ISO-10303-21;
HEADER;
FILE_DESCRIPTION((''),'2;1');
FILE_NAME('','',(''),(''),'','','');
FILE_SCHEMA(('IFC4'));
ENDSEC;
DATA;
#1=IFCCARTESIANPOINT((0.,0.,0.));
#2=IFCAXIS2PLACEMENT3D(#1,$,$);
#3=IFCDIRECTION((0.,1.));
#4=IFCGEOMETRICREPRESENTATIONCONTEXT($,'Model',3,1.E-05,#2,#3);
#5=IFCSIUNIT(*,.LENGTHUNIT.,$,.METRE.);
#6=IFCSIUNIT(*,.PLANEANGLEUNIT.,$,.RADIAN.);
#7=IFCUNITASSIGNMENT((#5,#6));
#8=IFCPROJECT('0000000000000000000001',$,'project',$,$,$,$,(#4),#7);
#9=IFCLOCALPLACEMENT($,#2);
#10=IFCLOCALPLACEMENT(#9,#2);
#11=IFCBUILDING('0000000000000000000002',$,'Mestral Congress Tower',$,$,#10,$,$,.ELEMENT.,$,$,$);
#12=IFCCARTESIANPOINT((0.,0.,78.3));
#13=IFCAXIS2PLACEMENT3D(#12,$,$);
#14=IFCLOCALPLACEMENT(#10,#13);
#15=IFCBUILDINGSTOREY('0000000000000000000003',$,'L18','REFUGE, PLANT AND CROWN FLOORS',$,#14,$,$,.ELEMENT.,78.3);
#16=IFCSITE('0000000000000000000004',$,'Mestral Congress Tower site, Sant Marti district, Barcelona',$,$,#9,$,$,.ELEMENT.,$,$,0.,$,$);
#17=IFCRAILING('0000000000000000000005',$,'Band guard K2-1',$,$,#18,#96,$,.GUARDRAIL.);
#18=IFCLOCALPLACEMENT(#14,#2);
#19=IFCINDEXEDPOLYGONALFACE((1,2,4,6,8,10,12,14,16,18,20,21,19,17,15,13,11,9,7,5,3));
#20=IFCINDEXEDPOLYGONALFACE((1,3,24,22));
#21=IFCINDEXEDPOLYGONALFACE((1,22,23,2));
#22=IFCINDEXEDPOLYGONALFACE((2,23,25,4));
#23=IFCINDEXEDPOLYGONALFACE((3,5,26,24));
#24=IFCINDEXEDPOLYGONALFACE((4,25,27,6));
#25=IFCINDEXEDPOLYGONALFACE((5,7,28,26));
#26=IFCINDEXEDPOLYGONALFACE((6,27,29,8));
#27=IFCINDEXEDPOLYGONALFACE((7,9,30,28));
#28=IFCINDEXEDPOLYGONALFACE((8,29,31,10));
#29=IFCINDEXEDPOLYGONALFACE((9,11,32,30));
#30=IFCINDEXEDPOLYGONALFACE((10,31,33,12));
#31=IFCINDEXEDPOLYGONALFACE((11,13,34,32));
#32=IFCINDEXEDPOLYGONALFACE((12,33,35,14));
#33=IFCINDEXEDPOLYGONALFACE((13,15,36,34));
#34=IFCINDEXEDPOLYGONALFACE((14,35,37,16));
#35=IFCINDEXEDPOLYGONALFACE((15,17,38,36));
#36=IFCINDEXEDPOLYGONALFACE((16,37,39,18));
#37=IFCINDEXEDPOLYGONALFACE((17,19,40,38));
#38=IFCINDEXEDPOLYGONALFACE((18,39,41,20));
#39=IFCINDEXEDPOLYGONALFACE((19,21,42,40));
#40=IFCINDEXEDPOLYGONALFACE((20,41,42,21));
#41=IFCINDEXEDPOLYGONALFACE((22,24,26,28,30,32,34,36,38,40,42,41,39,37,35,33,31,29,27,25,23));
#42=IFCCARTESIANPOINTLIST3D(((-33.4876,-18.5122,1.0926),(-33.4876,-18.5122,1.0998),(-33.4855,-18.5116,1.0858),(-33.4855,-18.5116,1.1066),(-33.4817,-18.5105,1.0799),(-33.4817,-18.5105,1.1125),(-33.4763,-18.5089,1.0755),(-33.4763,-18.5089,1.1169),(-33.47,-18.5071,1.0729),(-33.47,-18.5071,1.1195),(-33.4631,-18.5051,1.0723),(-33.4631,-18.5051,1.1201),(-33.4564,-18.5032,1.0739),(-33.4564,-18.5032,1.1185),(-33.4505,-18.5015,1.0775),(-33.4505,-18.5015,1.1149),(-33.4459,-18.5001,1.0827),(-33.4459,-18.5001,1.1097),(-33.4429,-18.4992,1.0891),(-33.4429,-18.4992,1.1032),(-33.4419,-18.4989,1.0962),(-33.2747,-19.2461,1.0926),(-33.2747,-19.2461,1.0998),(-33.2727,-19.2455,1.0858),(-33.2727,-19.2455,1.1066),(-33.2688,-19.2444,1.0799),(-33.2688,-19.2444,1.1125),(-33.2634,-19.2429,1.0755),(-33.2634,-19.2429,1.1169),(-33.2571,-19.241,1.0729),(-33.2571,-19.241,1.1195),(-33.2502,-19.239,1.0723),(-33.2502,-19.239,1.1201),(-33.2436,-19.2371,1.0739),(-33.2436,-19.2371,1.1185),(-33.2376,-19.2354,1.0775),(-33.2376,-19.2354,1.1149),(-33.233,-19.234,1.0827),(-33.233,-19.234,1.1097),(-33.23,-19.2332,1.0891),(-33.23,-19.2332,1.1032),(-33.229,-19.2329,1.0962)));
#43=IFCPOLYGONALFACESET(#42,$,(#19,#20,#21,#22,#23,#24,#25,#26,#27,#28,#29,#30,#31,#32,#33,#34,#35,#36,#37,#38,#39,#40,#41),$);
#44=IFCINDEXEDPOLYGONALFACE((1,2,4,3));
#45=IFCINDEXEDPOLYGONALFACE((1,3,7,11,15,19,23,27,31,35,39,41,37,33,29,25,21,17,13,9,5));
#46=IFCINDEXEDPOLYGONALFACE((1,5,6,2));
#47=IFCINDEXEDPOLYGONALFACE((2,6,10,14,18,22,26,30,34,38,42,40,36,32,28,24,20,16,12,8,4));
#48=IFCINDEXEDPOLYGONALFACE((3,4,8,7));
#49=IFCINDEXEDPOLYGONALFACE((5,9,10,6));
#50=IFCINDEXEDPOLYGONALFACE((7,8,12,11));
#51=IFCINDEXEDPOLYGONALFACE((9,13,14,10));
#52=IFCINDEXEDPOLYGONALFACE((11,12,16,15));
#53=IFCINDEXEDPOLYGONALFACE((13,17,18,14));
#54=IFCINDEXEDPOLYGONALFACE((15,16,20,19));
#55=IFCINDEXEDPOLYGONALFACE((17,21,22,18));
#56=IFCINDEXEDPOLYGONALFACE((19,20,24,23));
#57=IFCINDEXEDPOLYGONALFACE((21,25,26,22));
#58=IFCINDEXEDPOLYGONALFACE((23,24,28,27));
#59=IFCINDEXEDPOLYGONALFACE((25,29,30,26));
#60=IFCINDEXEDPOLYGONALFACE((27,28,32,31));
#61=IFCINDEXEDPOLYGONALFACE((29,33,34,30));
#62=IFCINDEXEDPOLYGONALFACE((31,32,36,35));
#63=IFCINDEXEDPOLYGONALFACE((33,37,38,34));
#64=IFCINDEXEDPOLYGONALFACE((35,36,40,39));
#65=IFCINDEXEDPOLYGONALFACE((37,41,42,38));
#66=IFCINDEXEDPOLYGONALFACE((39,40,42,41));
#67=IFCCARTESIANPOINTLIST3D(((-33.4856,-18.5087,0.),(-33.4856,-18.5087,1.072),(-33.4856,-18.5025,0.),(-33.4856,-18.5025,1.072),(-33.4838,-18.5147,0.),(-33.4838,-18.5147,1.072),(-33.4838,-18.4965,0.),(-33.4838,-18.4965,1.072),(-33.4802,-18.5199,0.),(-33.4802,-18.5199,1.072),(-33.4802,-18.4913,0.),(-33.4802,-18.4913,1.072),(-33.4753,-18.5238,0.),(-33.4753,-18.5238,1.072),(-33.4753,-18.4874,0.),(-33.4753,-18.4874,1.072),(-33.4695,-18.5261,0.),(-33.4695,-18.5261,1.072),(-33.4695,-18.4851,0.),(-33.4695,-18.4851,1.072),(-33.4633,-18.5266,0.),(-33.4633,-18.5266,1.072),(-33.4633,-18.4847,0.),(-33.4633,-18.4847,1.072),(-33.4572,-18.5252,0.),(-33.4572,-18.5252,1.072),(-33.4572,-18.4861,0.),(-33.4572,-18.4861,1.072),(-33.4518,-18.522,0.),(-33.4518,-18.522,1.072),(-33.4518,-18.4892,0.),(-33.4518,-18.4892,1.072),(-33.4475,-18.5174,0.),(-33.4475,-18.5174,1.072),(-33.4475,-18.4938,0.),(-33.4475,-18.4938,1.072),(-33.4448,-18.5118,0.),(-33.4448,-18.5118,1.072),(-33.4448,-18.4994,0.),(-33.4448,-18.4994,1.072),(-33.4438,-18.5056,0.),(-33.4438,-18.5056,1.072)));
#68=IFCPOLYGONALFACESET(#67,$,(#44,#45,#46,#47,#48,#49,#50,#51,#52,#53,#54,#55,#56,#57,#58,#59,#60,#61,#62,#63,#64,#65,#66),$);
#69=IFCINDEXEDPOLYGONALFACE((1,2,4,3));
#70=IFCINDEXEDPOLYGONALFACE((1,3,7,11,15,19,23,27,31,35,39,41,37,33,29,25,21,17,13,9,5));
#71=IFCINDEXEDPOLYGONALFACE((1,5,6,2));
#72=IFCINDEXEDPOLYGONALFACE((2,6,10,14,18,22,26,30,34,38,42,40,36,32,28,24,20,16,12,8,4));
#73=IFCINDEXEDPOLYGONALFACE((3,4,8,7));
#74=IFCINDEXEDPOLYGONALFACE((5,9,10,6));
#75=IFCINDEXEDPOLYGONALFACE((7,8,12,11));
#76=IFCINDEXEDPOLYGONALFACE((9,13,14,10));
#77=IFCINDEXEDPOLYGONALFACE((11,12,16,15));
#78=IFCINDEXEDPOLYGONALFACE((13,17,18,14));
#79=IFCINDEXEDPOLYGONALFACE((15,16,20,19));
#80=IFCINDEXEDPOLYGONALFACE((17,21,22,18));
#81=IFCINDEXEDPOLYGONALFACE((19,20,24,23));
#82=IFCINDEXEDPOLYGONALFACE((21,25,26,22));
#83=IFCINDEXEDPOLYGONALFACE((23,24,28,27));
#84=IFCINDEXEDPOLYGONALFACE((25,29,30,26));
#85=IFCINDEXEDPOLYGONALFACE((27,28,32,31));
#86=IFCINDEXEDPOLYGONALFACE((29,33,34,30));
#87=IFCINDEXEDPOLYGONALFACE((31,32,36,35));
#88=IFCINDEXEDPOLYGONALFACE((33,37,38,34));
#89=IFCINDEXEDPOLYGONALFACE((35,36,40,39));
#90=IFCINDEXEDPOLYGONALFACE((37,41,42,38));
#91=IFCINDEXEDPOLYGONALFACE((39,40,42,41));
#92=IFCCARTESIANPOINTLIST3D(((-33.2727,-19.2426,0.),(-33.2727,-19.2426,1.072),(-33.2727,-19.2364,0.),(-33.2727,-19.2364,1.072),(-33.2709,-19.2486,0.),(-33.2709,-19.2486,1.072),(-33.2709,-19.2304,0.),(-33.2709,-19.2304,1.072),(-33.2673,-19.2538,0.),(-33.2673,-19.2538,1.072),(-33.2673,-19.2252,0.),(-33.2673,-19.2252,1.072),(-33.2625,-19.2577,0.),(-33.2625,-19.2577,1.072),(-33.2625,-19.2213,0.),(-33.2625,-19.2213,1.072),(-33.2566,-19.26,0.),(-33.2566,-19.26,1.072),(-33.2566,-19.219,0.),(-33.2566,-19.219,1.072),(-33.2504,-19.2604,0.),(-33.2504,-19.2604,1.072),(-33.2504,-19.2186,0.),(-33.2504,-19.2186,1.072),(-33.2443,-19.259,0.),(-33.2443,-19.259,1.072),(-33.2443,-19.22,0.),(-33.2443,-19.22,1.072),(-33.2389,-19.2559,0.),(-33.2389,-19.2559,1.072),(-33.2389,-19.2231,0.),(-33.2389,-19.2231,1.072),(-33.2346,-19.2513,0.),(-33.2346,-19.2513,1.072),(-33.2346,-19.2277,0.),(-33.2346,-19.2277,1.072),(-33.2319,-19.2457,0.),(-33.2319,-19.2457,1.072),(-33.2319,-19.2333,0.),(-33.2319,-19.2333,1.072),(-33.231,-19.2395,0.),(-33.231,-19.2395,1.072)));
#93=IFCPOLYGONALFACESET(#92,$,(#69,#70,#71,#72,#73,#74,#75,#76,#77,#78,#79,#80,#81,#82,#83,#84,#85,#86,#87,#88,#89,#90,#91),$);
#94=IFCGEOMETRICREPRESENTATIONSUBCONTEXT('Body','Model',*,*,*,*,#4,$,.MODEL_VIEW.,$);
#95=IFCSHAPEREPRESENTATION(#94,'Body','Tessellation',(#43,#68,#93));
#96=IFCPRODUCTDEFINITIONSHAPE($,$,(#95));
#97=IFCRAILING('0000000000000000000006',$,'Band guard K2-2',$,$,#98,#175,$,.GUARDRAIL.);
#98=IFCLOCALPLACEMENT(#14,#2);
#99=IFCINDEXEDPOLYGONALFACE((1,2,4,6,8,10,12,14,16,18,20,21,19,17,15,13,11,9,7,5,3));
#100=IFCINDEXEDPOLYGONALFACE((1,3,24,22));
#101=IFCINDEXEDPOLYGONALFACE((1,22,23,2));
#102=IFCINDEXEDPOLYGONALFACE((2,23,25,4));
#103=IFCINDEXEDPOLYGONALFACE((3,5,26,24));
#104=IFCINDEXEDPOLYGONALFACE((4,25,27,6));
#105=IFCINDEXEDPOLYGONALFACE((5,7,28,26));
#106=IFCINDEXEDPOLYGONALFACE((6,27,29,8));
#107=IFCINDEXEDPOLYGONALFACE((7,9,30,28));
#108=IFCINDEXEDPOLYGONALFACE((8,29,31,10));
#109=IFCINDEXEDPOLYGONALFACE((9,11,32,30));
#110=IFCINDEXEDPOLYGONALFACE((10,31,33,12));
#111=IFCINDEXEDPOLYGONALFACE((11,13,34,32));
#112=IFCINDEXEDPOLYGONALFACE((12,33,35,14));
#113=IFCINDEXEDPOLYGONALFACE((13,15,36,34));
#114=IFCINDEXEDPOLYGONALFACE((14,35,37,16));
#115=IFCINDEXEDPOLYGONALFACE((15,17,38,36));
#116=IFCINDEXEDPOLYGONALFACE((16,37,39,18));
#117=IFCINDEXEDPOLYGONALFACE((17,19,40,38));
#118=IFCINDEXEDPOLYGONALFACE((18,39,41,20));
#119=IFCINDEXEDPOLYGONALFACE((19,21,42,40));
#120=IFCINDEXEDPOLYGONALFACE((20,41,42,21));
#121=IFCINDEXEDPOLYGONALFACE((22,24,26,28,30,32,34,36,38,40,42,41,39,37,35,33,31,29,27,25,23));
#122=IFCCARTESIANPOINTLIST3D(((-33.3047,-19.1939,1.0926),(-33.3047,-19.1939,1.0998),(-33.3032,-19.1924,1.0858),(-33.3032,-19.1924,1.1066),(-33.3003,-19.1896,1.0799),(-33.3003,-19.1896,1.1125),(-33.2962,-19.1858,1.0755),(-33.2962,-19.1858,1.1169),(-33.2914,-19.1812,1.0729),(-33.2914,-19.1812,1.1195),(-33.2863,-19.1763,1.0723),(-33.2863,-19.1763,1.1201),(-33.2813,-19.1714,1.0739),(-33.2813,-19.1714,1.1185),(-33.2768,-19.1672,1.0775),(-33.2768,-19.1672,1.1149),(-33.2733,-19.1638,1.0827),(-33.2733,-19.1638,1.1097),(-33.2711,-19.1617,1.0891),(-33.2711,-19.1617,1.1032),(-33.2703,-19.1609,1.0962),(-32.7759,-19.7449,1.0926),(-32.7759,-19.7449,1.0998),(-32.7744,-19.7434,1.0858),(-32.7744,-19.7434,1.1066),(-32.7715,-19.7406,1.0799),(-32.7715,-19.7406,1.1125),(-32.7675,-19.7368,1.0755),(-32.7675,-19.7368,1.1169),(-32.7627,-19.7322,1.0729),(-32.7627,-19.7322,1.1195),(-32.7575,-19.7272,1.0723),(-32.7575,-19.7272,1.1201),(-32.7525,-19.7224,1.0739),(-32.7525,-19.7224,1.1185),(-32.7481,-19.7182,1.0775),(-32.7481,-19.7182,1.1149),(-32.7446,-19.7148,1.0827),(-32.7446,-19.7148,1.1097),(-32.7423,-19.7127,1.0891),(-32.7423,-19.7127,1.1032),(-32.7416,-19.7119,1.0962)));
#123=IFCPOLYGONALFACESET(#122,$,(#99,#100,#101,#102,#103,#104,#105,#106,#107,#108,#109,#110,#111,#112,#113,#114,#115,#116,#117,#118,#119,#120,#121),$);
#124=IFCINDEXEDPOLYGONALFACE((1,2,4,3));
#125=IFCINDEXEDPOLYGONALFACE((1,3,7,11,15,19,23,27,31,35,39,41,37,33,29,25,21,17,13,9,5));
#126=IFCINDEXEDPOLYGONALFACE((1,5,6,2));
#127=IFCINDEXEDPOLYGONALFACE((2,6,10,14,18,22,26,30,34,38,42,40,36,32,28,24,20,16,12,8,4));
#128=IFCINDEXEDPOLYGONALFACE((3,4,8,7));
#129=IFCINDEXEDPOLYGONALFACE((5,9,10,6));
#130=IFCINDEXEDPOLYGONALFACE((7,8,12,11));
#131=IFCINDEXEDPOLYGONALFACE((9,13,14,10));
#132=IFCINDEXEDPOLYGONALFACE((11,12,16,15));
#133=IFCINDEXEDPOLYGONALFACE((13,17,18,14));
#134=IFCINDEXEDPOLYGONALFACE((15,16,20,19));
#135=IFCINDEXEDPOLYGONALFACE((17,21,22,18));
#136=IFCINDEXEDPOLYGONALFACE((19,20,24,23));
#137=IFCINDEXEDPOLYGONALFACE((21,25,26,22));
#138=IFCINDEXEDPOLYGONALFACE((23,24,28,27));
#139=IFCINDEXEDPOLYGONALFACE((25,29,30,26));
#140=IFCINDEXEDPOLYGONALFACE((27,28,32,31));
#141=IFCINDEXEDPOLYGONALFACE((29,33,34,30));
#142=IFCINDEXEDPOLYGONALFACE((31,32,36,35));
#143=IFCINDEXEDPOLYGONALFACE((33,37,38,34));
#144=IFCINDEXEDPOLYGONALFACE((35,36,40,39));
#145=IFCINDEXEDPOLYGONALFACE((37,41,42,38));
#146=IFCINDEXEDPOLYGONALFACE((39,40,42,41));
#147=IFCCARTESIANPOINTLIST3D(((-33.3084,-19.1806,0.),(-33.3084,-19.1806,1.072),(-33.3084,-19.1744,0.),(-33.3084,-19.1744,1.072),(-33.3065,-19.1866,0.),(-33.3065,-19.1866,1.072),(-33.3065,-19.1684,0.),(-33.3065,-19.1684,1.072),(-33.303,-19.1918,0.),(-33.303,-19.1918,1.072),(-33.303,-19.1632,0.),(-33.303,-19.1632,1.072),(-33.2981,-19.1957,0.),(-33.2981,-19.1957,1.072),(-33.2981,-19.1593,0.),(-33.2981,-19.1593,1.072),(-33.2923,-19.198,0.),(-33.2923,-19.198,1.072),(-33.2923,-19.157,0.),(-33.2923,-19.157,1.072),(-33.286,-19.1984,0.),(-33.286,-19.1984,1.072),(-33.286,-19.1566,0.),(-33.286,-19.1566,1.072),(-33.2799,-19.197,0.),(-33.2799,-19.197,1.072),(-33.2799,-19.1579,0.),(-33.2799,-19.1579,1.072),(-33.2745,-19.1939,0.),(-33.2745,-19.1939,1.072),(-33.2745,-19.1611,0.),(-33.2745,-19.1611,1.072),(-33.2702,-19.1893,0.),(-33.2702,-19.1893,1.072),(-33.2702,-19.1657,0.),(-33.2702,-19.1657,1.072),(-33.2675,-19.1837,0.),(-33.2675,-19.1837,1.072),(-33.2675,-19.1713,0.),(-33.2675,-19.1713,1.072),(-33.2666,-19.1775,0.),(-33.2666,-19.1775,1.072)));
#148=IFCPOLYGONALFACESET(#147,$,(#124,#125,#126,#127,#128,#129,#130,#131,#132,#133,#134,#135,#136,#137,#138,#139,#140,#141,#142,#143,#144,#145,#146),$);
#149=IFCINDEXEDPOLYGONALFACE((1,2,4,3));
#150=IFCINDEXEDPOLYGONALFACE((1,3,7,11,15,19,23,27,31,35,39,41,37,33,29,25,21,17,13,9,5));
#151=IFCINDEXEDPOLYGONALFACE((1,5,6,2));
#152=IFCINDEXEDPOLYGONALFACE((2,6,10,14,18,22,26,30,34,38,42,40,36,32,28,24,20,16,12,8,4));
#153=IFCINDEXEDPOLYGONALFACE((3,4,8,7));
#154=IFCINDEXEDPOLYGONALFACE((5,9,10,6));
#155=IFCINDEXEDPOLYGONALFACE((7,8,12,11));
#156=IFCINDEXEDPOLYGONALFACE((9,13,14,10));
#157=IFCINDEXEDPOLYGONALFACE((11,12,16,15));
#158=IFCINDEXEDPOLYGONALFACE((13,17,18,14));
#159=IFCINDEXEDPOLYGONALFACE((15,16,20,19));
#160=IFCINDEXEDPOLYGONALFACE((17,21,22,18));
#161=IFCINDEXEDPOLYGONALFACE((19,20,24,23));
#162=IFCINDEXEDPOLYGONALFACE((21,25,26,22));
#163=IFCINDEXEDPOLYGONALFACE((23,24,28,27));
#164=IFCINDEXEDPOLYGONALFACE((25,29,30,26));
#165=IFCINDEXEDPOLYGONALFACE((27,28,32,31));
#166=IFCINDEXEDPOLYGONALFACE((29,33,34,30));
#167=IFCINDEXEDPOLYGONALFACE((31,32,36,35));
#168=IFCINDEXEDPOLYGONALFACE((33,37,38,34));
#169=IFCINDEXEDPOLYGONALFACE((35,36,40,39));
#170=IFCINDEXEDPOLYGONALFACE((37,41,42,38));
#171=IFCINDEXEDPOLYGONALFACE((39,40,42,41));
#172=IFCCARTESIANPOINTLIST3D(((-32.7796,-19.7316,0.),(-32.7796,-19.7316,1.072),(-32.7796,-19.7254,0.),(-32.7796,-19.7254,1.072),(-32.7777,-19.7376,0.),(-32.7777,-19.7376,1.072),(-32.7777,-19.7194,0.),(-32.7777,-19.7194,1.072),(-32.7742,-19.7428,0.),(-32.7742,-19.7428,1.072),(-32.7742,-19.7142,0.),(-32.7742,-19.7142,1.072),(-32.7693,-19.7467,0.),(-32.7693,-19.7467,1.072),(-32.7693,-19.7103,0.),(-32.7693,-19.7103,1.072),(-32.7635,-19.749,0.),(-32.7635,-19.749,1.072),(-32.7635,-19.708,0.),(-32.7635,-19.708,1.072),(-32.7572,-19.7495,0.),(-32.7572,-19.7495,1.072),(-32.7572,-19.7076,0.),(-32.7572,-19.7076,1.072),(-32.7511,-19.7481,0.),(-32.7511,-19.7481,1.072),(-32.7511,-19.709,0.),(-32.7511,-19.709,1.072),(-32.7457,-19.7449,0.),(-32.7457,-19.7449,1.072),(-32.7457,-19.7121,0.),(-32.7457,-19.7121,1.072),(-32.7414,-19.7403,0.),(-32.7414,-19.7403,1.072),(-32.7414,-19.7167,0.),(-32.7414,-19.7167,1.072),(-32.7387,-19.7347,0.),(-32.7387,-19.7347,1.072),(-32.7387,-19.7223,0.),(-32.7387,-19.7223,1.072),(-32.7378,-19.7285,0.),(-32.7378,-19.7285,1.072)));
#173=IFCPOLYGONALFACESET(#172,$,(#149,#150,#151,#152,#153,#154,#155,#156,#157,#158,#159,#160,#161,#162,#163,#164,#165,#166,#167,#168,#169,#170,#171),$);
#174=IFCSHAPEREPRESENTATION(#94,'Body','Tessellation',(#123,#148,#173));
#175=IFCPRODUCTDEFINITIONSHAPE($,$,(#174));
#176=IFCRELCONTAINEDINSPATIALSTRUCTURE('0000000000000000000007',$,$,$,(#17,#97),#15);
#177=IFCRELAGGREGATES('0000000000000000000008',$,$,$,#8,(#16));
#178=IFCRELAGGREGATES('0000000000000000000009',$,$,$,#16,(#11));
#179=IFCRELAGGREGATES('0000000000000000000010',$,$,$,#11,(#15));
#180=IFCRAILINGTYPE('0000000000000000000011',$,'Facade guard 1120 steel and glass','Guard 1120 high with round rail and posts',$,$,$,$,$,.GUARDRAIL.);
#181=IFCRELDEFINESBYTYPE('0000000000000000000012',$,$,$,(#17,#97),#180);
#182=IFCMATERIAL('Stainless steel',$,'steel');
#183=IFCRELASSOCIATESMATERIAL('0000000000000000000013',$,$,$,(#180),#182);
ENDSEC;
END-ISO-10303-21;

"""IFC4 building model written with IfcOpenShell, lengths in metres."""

from ifc_helpers import new_model, si_unit, direction, frame, origin, origin_2d, place, context, subcontext, project, spatial, circle, extrude, material, type_object, element, save


model = new_model("IFC4")

# Units and contexts
model_context = context("Model", 3, precision=1e-05, world=origin(), true_north=direction((0.0, 1.0)))
body_context = subcontext(model_context, "Body", "Model", "MODEL_VIEW")
ifc_project = project(units=[si_unit("LENGTHUNIT", "METRE"), si_unit("PLANEANGLEUNIT", "RADIAN")], contexts=[model_context])

# Site, building, storey
site_placement = place(None, origin())
site = spatial("IfcSite", under=ifc_project, at=site_placement, Name="Mestral Congress Tower site, Sant Marti district, Barcelona", CompositionType="ELEMENT", RefElevation=0.0)
building_placement = place(site_placement, origin())
building = spatial("IfcBuilding", under=site, at=building_placement, Name="Mestral Congress Tower", CompositionType="ELEMENT")
storey_placement = place(building_placement, frame((0.0, 0.0, 78.3)))
storey = spatial("IfcBuildingStorey", under=building, at=storey_placement, Name="L18", Description="REFUGE, PLANT AND CROWN FLOORS", CompositionType="ELEMENT", Elevation=78.3)

# Railings
ifc_material_1 = material(Name="Stainless steel", Category="steel")
railing_type = type_object("IfcRailingType", Name="Facade guard 1120 steel and glass", Description="Guard 1120 high with round rail and posts", PredefinedType="GUARDRAIL", material=ifc_material_1)
railing_1_placement = place(storey_placement, frame((-33.4648, -18.5056, 0.0)))
element("IfcRailing", 1, at=railing_1_placement, inside=storey, type_object=railing_type, Name="Band guard K2-1", PredefinedType="GUARDRAIL", context=body_context, shape_type="SweptSolid", body=[
    extrude(circle(Radius=0.0239, at=origin_2d()), frame((0.0, 0.0, 1.0962), z_axis=(0.278601, -0.960407, 0.0), x_axis=(0.960407, 0.278601, 0.0)), (0.0, 0.0, 1.0), 0.7642),
    extrude(circle(Radius=0.021, at=origin_2d()), origin(), (0.0, 0.0, 1.0), 1.072),
    extrude(circle(Radius=0.021, at=origin_2d()), frame((0.2129, -0.7339, 0.0)), (0.0, 0.0, 1.0), 1.072),
])
railing_2_placement = place(storey_placement, frame((-33.2876, -19.1775, 0.0)))
element("IfcRailing", 2, at=railing_2_placement, inside=storey, type_object=railing_type, Name="Band guard K2-2", PredefinedType="GUARDRAIL", context=body_context, shape_type="SweptSolid", body=[
    extrude(circle(Radius=0.0239, at=origin_2d()), frame((0.0, 0.0, 1.0962), z_axis=(0.692412, -0.721502, 0.0), x_axis=(0.721502, 0.692412, 0.0)), (0.0, 0.0, 1.0), 0.7637),
    extrude(circle(Radius=0.021, at=origin_2d()), origin(), (0.0, 0.0, 1.0), 1.072),
    extrude(circle(Radius=0.021, at=origin_2d()), frame((0.5288, -0.551, 0.0)), (0.0, 0.0, 1.0), 1.072),
])

save(model, "model.ifc")
